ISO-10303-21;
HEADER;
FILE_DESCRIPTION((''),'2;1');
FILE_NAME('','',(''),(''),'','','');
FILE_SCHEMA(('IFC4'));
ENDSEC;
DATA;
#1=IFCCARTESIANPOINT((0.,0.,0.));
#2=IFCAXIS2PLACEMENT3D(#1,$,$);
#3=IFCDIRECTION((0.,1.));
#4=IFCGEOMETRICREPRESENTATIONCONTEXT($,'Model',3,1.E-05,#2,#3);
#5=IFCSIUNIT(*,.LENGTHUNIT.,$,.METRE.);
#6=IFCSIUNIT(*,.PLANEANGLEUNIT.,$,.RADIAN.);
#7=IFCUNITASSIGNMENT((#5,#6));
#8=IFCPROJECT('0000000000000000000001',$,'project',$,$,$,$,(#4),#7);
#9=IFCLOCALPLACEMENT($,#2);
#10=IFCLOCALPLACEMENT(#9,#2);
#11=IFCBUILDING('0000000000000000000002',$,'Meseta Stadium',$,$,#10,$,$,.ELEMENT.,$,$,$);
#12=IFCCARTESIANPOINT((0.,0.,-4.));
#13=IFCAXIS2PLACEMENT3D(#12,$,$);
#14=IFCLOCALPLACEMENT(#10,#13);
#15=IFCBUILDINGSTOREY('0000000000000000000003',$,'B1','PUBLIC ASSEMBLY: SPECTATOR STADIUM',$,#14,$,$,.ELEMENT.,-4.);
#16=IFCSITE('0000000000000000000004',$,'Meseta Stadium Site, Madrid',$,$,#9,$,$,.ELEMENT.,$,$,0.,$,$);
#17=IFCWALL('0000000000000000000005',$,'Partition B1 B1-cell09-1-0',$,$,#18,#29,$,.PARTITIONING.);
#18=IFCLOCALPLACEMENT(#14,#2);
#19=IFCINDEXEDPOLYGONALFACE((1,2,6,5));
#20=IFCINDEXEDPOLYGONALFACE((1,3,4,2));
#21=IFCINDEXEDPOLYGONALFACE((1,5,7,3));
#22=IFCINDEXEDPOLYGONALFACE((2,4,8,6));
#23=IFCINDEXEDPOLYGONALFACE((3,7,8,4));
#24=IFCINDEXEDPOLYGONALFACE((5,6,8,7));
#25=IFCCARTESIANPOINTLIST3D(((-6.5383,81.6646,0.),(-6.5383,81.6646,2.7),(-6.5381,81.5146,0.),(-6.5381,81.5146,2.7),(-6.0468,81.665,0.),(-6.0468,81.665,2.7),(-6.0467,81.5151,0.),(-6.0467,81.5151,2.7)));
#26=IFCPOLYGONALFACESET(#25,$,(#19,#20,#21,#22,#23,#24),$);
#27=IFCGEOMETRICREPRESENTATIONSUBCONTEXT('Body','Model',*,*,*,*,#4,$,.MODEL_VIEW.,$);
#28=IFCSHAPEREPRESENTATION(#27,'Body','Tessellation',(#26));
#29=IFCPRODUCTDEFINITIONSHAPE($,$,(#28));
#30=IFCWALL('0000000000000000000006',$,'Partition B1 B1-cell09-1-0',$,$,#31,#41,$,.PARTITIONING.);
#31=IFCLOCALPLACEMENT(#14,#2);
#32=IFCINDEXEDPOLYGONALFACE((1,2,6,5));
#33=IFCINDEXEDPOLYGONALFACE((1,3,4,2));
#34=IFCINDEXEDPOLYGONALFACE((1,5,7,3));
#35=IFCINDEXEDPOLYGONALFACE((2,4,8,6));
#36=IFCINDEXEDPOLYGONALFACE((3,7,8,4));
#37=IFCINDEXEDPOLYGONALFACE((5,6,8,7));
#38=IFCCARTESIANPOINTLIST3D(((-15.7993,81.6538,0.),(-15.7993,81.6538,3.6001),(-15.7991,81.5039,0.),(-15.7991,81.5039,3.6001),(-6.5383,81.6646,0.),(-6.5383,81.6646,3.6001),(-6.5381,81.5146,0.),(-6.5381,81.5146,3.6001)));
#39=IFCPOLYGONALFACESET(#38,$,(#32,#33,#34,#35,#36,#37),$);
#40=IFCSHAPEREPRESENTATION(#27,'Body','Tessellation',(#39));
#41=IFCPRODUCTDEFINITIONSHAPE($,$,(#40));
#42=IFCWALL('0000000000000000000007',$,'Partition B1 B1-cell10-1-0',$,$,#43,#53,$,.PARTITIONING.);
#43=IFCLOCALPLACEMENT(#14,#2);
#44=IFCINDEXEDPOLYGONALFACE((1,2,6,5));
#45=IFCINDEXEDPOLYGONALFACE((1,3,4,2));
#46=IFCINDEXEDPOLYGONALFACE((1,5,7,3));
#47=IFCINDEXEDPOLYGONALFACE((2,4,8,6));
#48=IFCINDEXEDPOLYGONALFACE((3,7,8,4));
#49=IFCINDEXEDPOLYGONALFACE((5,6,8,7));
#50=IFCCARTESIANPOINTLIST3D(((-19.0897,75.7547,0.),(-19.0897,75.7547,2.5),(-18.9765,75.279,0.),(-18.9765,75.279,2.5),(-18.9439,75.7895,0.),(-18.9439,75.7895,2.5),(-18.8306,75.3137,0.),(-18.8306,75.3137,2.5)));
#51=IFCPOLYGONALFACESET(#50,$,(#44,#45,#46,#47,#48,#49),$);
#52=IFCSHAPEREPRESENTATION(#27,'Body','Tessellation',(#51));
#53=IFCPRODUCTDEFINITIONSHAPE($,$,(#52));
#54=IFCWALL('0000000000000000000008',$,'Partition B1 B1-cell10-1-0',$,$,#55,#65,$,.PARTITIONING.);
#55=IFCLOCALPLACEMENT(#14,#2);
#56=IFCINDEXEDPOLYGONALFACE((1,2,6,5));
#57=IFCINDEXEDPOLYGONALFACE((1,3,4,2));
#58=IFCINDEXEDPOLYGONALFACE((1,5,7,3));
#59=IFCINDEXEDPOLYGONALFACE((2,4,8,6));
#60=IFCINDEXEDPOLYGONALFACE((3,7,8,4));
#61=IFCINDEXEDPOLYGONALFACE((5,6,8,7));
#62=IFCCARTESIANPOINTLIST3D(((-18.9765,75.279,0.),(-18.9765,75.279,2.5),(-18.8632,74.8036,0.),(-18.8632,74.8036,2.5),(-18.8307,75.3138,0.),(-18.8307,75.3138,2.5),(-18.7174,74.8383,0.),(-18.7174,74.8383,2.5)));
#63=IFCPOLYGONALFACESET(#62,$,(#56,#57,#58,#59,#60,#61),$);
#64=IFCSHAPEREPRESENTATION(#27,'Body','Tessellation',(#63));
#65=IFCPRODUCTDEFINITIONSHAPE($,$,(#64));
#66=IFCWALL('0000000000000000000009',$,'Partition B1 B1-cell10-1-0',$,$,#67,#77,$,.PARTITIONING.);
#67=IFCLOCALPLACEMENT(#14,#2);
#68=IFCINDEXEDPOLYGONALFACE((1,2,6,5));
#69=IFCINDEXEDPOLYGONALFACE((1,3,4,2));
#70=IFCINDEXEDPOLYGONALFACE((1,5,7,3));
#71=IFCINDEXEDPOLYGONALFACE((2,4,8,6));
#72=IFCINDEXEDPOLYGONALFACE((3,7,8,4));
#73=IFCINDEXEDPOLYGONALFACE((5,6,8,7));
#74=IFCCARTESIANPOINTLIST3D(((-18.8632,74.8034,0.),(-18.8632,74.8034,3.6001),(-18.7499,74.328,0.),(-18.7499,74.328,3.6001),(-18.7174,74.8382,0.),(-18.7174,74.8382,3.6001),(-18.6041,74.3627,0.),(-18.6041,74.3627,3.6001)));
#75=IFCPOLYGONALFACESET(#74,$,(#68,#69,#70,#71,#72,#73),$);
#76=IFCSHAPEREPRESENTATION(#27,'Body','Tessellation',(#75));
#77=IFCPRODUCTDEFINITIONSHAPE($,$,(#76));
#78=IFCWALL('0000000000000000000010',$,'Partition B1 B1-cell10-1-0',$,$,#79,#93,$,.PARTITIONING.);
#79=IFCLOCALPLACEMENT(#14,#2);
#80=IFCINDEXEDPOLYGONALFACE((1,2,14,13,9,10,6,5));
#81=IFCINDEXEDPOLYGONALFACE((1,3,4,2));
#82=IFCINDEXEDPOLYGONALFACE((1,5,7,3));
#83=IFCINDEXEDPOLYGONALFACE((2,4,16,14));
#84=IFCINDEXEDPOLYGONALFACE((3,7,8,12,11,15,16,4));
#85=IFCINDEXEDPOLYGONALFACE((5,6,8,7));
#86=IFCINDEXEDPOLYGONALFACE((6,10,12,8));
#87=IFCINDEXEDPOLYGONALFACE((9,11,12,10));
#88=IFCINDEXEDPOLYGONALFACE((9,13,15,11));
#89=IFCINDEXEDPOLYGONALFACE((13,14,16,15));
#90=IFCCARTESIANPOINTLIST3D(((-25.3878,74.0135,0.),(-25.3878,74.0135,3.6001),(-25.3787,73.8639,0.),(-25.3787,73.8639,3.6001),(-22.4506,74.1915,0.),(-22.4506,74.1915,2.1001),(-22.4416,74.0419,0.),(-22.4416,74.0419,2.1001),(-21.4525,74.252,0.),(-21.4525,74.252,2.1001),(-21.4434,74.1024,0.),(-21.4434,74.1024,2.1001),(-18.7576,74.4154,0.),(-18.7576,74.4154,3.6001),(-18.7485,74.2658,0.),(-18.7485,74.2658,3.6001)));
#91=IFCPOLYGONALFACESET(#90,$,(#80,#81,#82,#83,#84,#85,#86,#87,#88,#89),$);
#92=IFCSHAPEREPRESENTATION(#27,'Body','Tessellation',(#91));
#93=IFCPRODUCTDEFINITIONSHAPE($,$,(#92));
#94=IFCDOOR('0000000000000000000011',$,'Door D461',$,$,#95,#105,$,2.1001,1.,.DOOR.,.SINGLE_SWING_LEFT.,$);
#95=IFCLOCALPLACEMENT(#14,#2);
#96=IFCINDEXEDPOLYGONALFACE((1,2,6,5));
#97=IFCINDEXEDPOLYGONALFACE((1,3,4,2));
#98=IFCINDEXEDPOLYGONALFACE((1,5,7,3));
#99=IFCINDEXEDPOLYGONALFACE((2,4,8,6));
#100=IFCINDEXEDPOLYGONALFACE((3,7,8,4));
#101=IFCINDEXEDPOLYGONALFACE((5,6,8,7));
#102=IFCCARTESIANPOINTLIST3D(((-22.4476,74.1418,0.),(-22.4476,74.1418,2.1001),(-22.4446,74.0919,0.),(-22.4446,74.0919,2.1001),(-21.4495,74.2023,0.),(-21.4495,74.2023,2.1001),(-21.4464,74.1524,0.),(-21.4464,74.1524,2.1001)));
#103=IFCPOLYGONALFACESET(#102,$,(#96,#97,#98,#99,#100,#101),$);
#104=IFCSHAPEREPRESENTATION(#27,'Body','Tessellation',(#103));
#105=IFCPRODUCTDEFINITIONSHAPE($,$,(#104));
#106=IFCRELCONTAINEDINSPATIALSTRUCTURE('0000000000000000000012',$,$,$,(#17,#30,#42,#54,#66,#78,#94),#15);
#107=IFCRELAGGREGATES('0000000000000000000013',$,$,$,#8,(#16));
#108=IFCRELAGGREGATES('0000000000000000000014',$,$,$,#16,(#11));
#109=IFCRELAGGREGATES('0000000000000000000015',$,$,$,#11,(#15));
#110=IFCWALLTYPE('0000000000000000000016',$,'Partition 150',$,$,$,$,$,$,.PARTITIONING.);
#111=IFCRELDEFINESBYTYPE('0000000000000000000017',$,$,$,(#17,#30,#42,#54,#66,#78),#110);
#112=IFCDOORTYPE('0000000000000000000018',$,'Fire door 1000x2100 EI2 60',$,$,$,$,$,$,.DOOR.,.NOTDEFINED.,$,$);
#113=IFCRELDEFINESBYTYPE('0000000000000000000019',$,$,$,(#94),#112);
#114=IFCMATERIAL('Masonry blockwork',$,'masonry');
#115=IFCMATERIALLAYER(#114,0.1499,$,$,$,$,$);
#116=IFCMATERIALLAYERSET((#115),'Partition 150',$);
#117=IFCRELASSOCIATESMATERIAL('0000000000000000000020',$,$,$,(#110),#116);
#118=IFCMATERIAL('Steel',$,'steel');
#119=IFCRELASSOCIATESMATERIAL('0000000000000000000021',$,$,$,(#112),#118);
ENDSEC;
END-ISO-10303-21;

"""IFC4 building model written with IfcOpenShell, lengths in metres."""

from ifc_helpers import new_model, si_unit, direction, frame, frame_2d, origin, place, context, subcontext, project, spatial, rectangle, extrude, material, layer, layer_set, type_object, element, fill, save


model = new_model("IFC4")

# Units and contexts
model_context = context("Model", 3, precision=1e-05, world=origin(), true_north=direction((0.0, 1.0)))
body_context = subcontext(model_context, "Body", "Model", "MODEL_VIEW")
ifc_project = project(units=[si_unit("LENGTHUNIT", "METRE"), si_unit("PLANEANGLEUNIT", "RADIAN")], contexts=[model_context])

# Site, building, storey
site_placement = place(None, origin())
site = spatial("IfcSite", under=ifc_project, at=site_placement, Name="Meseta Stadium Site, Madrid", CompositionType="ELEMENT", RefElevation=0.0)
building_placement = place(site_placement, origin())
building = spatial("IfcBuilding", under=site, at=building_placement, Name="Meseta Stadium", CompositionType="ELEMENT")
storey_placement = place(building_placement, frame((0.0, 0.0, -4.0)))
storey = spatial("IfcBuildingStorey", under=building, at=storey_placement, Name="B1", Description="PUBLIC ASSEMBLY: SPECTATOR STADIUM", CompositionType="ELEMENT", Elevation=-4.0)

# Walls
ifc_material_1 = material(Name="Masonry blockwork", Category="masonry")
ifc_layer = layer(ifc_material_1, 0.1499)
ifc_layer_set = layer_set([ifc_layer], Name="Partition 150")
wall_type = type_object("IfcWallType", Name="Partition 150", PredefinedType="PARTITIONING", material=ifc_layer_set)
wall_1_placement = place(storey_placement, frame((-6.0469, 81.5901, 0.0), z_axis=(0.0, 0.0, 1.0), x_axis=(-1.0, -0.000994, 0.0)))
element("IfcWall", 1, at=wall_1_placement, inside=storey, type_object=wall_type, Name="Partition B1 B1-cell09-1-0", PredefinedType="PARTITIONING", context=body_context, shape_type="SweptSolid", body=[
    extrude(rectangle(XDim=0.4915, YDim=0.1499, at=frame_2d((0.2456, 0.0))), origin(), (0.0, 0.0, 1.0), 2.7),
])
wall_2_placement = place(storey_placement, frame((-6.5383, 81.5896, 0.0), z_axis=(0.0, 0.0, 1.0), x_axis=(-0.999999, -0.00116, 0.0)))
element("IfcWall", 2, at=wall_2_placement, inside=storey, type_object=wall_type, Name="Partition B1 B1-cell09-1-0", PredefinedType="PARTITIONING", context=body_context, shape_type="SweptSolid", body=[
    extrude(rectangle(XDim=9.261, YDim=0.1499, at=frame_2d((4.6304, 0.0))), origin(), (0.0, 0.0, 1.0), 3.6001),
])
wall_3_placement = place(storey_placement, frame((-19.0168, 75.7722, 0.0), z_axis=(0.0, 0.0, 1.0), x_axis=(0.231598, -0.972812, 0.0)))
element("IfcWall", 3, at=wall_3_placement, inside=storey, type_object=wall_type, Name="Partition B1 B1-cell10-1-0", PredefinedType="PARTITIONING", context=body_context, shape_type="SweptSolid", body=[
    extrude(rectangle(XDim=0.489, YDim=0.1499, at=frame_2d((0.2446, 0.0))), origin(), (0.0, 0.0, 1.0), 2.5),
])
wall_4_placement = place(storey_placement, frame((-18.9036, 75.2964, 0.0), z_axis=(0.0, 0.0, 1.0), x_axis=(0.231711, -0.972785, 0.0)))
element("IfcWall", 4, at=wall_4_placement, inside=storey, type_object=wall_type, Name="Partition B1 B1-cell10-1-0", PredefinedType="PARTITIONING", context=body_context, shape_type="SweptSolid", body=[
    extrude(rectangle(XDim=0.4888, YDim=0.1499, at=frame_2d((0.2444, 0.0))), origin(), (0.0, 0.0, 1.0), 2.5),
])
wall_5_placement = place(storey_placement, frame((-18.7903, 74.8208, 0.0), z_axis=(0.0, 0.0, 1.0), x_axis=(0.231711, -0.972785, 0.0)))
element("IfcWall", 5, at=wall_5_placement, inside=storey, type_object=wall_type, Name="Partition B1 B1-cell10-1-0", PredefinedType="PARTITIONING", context=body_context, shape_type="SweptSolid", body=[
    extrude(rectangle(XDim=0.4888, YDim=0.1499, at=frame_2d((0.2444, 0.0))), origin(), (0.0, 0.0, 1.0), 3.6001),
])

# Wall, opening, door
wall_6_placement = place(storey_placement, frame((-18.7529, 74.3406, 0.0), z_axis=(0.0, 0.0, 1.0), x_axis=(-0.998168, -0.060499, 0.0)))
wall_6 = element("IfcWall", 6, at=wall_6_placement, inside=storey, type_object=wall_type, Name="Partition B1 B1-cell10-1-0", PredefinedType="PARTITIONING", context=body_context, shape_type="SweptSolid", body=[
    extrude(rectangle(XDim=6.6423, YDim=0.1499, at=frame_2d((3.3213, 0.0))), origin(), (0.0, 0.0, 1.0), 3.6001),
])
opening_placement = place(wall_6_placement, frame((2.7, 0.0, 0.0)))
opening = element("IfcOpeningElement", 7, at=opening_placement, cuts=wall_6, PredefinedType="OPENING", context=body_context, shape_type="SweptSolid", body=[
    extrude(rectangle(XDim=1.0, YDim=2.1001, at=frame_2d((0.5, 1.05))), frame((0.0, 0.085, 0.0), z_axis=(0.0, -1.0, 0.0), x_axis=(1.0, 0.0, 0.0)), (0.0, 0.0, 1.0), 0.1699),
])
ifc_material_2 = material(Name="Steel", Category="steel")
door_type = type_object("IfcDoorType", Name="Fire door 1000x2100 EI2 60", OperationType="NOTDEFINED", PredefinedType="DOOR", material=ifc_material_2)
door_placement = place(opening_placement, origin())
door = element("IfcDoor", 8, at=door_placement, inside=storey, type_object=door_type, Name="Door D461", OperationType="SINGLE_SWING_LEFT", OverallHeight=2.1001, OverallWidth=1.0, PredefinedType="DOOR", context=body_context, shape_type="SweptSolid", body=[
    extrude(rectangle(XDim=1.0, YDim=2.1001, at=frame_2d((0.5, 1.05))), frame((0.0, 0.0249, 0.0), z_axis=(0.0, -1.0, 0.0), x_axis=(1.0, 0.0, 0.0)), (0.0, 0.0, 1.0), 0.05),
])
fill(opening, door)

save(model, "model.ifc")
